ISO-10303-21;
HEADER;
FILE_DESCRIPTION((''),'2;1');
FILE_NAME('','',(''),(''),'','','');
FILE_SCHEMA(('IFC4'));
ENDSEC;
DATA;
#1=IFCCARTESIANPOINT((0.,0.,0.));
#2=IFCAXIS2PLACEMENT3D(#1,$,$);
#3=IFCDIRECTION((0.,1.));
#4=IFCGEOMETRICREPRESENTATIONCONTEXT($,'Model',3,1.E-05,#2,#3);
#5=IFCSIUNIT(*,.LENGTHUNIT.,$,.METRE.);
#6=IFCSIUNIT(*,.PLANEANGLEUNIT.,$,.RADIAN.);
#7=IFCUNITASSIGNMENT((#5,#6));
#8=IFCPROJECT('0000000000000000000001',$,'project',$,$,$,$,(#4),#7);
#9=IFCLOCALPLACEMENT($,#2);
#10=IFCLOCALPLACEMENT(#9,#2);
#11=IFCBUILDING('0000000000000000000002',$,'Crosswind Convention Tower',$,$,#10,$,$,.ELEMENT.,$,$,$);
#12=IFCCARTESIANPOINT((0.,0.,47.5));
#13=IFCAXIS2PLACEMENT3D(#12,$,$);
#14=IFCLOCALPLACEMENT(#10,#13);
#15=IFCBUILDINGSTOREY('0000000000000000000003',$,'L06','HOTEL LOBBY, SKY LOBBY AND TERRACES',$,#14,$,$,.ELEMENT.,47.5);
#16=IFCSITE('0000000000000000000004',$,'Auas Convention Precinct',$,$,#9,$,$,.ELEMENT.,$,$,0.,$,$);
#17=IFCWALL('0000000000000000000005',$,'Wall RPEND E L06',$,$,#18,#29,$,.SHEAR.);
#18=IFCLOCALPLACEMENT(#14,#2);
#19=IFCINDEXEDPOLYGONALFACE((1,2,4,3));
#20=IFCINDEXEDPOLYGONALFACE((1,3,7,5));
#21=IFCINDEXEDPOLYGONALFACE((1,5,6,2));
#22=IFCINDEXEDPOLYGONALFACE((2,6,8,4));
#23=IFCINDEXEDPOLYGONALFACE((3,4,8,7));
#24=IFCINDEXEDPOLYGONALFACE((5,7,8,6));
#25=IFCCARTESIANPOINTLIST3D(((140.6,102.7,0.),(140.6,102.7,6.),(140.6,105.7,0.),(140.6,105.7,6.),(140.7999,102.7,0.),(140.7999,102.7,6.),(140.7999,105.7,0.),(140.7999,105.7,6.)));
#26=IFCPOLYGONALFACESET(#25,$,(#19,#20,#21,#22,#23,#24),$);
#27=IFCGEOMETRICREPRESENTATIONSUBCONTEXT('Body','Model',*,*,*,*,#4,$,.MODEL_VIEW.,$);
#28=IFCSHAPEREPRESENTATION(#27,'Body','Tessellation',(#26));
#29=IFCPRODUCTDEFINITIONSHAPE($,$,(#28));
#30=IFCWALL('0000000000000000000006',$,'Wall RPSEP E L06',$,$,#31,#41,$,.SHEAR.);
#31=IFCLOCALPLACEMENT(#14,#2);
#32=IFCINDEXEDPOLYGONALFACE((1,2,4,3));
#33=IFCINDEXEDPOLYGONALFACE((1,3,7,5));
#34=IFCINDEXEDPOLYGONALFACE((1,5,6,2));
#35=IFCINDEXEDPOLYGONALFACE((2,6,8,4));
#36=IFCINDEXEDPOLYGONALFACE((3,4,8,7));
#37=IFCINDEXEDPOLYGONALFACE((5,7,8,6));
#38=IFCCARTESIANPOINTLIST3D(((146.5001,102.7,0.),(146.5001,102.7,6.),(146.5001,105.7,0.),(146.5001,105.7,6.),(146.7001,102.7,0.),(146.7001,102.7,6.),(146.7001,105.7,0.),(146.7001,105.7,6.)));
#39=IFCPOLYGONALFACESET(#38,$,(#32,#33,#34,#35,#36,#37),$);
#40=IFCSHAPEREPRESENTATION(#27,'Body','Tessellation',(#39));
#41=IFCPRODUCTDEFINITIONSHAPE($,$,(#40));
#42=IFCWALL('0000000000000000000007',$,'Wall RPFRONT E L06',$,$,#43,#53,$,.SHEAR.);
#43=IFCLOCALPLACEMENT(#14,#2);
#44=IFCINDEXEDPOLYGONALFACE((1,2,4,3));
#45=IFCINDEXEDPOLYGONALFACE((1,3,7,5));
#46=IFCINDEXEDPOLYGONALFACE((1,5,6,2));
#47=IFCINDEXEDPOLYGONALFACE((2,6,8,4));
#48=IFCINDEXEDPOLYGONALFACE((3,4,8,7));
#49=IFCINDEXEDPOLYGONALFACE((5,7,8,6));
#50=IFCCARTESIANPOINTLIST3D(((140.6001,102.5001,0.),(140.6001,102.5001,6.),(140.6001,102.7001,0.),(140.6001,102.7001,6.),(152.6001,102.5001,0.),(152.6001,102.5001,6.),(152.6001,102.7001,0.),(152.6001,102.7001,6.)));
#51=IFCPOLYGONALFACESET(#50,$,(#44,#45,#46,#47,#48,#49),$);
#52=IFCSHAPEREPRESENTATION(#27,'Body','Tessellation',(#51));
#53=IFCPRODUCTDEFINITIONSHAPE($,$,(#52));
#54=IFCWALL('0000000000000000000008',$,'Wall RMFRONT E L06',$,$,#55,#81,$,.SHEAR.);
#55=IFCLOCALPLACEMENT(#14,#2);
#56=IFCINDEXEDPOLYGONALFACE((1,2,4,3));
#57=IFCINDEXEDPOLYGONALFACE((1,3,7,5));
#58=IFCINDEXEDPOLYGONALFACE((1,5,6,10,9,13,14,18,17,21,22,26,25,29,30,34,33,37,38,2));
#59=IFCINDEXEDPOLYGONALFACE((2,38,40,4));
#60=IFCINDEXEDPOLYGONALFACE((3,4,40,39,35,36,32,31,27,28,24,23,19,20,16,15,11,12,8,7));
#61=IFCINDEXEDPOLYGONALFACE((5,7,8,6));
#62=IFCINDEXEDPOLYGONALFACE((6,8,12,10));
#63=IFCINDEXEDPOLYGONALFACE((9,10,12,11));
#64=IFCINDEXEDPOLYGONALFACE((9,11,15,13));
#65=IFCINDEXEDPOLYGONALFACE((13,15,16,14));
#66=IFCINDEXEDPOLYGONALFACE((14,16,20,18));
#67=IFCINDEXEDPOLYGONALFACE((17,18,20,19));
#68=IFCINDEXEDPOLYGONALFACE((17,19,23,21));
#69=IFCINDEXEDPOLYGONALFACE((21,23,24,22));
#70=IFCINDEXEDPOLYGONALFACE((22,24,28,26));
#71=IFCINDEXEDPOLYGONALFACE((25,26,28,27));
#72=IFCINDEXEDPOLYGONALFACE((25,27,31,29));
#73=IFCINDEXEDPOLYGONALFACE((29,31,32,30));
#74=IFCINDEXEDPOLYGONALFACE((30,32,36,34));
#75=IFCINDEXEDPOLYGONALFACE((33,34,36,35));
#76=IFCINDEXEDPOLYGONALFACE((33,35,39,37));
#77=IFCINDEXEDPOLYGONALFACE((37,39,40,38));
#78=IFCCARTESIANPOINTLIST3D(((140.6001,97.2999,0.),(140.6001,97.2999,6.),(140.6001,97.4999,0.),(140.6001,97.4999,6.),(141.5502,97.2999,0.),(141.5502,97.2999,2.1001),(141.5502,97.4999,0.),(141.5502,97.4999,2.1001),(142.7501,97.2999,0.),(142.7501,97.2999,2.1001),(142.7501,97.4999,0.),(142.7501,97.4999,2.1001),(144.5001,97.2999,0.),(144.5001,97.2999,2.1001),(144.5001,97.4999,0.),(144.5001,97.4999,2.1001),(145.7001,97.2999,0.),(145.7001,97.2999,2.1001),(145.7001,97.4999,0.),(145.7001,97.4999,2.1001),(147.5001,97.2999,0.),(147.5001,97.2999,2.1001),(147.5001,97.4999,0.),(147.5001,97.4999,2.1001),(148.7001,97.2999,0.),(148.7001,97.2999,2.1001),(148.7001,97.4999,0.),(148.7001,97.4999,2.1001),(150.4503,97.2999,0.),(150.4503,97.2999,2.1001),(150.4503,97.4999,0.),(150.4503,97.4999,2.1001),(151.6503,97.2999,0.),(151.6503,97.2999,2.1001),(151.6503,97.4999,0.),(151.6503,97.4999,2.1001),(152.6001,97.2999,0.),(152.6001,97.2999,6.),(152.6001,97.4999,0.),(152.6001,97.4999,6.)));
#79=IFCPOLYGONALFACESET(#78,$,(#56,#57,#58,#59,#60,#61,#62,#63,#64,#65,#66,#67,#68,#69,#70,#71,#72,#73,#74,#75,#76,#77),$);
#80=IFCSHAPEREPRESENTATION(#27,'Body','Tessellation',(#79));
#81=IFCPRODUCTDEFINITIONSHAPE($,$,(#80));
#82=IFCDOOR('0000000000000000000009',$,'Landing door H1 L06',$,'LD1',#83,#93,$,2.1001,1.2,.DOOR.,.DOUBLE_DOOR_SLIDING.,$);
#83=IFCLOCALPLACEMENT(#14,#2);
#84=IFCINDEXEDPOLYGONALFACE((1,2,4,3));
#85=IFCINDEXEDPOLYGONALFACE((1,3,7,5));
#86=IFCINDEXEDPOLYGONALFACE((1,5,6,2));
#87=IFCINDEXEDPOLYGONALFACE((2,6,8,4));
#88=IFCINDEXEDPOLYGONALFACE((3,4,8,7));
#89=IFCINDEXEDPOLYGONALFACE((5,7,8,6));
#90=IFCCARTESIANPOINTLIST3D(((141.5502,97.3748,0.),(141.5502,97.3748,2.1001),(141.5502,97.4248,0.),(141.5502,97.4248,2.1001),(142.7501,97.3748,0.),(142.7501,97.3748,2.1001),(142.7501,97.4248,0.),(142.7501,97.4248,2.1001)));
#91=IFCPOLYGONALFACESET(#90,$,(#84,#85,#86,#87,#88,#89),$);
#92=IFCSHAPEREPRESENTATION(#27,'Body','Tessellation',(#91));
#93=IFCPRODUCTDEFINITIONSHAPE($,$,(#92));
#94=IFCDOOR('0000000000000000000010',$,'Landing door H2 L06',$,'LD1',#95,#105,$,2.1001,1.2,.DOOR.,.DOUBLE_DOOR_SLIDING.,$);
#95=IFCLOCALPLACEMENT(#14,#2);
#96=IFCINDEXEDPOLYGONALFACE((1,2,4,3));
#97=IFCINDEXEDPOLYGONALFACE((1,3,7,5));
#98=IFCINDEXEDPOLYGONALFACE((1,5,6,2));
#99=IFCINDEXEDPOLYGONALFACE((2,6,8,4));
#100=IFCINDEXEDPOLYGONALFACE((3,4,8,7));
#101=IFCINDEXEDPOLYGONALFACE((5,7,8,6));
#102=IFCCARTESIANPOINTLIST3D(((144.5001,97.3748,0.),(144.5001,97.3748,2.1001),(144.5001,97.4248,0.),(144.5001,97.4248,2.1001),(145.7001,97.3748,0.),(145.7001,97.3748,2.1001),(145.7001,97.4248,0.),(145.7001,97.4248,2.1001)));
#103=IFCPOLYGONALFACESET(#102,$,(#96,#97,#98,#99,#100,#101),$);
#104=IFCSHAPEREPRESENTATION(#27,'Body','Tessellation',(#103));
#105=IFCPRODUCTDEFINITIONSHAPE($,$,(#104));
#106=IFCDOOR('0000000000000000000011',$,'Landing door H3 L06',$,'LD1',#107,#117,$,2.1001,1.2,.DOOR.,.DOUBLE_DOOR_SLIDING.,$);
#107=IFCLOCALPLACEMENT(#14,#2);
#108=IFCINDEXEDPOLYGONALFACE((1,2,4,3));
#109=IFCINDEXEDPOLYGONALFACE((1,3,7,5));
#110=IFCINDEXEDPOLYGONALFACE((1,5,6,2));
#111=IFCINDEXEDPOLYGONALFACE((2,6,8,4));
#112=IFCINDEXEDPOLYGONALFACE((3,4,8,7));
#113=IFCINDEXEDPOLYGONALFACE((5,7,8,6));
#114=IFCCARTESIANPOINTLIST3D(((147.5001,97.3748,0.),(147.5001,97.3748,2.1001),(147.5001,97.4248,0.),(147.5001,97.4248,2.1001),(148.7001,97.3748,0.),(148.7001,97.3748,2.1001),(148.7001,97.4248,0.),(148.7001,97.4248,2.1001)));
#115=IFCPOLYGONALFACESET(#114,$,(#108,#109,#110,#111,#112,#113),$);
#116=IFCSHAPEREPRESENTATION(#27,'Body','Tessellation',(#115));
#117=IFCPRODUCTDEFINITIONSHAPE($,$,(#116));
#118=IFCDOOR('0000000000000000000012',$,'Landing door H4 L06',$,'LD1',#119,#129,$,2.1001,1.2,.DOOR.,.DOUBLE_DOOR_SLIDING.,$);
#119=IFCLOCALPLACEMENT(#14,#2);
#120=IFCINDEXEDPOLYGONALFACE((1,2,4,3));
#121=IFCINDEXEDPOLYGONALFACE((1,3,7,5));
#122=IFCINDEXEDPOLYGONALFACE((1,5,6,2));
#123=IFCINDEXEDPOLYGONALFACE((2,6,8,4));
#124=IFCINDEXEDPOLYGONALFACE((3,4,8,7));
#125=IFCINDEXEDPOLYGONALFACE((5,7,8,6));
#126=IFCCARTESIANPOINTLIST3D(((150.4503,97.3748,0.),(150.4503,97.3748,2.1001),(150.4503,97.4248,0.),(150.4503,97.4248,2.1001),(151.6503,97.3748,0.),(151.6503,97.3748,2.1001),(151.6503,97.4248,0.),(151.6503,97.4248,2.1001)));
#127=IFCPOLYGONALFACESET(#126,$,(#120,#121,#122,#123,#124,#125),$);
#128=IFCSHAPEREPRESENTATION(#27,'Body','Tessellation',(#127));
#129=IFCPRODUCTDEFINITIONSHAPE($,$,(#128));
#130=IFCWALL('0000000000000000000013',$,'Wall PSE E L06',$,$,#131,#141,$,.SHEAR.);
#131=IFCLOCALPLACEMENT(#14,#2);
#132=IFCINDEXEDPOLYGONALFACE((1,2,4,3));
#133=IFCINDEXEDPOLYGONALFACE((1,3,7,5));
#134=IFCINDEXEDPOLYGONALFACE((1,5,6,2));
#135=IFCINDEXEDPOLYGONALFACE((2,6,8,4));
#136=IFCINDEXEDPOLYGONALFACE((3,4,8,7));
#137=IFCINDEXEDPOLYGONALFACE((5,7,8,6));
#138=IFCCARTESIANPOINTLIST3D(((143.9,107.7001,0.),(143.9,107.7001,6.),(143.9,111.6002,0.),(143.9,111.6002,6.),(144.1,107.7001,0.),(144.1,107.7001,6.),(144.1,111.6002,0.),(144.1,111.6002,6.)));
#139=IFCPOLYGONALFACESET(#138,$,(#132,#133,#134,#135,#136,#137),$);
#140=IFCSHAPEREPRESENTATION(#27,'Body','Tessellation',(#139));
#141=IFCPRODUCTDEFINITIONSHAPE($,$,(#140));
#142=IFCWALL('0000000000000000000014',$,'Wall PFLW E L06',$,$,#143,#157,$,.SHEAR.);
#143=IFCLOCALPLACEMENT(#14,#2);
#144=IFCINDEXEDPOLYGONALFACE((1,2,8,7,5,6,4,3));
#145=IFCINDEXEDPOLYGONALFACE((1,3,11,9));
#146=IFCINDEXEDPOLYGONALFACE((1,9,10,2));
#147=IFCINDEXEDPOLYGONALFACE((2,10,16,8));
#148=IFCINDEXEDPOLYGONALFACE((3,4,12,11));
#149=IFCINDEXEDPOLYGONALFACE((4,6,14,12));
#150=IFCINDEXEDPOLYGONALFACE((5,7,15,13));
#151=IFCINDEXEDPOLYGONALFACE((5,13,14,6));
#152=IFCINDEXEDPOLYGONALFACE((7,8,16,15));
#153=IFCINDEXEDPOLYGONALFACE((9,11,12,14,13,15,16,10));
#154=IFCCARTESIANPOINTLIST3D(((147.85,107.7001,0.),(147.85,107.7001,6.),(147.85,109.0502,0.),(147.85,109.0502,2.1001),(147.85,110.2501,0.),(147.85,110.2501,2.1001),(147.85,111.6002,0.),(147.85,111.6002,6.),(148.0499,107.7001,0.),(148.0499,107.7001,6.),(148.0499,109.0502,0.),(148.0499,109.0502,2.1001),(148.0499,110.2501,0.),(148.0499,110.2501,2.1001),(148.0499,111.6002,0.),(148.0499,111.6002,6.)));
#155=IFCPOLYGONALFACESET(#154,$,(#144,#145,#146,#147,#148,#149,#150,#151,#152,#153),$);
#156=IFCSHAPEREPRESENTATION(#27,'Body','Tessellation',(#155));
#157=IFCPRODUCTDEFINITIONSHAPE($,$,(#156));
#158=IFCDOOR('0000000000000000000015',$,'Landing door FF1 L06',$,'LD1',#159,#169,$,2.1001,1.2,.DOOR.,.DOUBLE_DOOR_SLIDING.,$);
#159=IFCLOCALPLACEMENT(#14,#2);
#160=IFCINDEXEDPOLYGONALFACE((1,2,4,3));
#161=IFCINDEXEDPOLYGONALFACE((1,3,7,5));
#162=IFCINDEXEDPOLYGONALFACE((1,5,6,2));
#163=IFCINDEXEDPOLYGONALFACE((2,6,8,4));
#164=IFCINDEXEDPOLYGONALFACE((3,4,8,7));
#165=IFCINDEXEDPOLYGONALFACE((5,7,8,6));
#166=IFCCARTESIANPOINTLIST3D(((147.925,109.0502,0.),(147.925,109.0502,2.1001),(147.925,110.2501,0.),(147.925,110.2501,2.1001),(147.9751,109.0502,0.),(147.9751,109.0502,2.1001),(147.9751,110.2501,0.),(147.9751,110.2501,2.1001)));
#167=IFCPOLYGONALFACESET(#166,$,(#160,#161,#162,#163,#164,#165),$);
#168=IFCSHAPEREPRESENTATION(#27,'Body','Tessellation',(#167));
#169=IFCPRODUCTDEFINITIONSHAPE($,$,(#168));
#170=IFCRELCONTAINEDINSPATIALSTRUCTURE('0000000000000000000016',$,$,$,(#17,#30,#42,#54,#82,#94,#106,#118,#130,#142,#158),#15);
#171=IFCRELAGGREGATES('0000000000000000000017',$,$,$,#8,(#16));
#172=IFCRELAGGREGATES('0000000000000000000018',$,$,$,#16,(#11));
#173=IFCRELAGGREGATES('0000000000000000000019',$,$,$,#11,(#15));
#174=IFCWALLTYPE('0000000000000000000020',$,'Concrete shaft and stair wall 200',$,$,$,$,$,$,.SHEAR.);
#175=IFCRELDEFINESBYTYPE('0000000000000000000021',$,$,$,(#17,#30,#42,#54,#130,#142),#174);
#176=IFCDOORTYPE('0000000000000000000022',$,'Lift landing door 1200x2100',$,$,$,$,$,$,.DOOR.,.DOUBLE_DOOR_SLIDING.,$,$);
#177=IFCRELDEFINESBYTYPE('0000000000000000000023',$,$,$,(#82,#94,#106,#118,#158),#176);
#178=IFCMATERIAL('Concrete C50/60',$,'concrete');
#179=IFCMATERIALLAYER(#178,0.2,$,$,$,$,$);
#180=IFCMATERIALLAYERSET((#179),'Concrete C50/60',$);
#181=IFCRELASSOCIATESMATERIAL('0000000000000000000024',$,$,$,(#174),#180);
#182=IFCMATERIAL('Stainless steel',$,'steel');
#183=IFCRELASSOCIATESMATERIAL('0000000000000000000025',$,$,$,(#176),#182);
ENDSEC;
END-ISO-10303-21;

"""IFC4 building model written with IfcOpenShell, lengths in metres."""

from ifc_helpers import new_model, si_unit, direction, frame, frame_2d, origin, place, context, subcontext, project, spatial, rectangle, extrude, material, layer, layer_set, type_object, element, fill, save


model = new_model("IFC4")

# Units and contexts
model_context = context("Model", 3, precision=1e-05, world=origin(), true_north=direction((0.0, 1.0)))
body_context = subcontext(model_context, "Body", "Model", "MODEL_VIEW")
ifc_project = project(units=[si_unit("LENGTHUNIT", "METRE"), si_unit("PLANEANGLEUNIT", "RADIAN")], contexts=[model_context])

# Site, building, storey
site_placement = place(None, origin())
site = spatial("IfcSite", under=ifc_project, at=site_placement, Name="Auas Convention Precinct", CompositionType="ELEMENT", RefElevation=0.0)
building_placement = place(site_placement, origin())
building = spatial("IfcBuilding", under=site, at=building_placement, Name="Crosswind Convention Tower", CompositionType="ELEMENT")
storey_placement = place(building_placement, frame((0.0, 0.0, 47.5)))
storey = spatial("IfcBuildingStorey", under=building, at=storey_placement, Name="L06", Description="HOTEL LOBBY, SKY LOBBY AND TERRACES", CompositionType="ELEMENT", Elevation=47.5)

# Walls
ifc_material_1 = material(Name="Concrete C50/60", Category="concrete")
ifc_layer_1 = layer(ifc_material_1, 0.2)
ifc_layer_set_1 = layer_set([ifc_layer_1], Name="Concrete C50/60")
wall_type_1 = type_object("IfcWallType", Name="Concrete shaft and stair wall 200", PredefinedType="SHEAR", material=ifc_layer_set_1)
for number, where, z_axis, x_axis, name in (
    (1, (140.7, 102.7, 0.0), (0.0, 0.0, 1.0), (0.0, 1.0, 0.0), "Wall RPEND E L06"),
    (2, (146.6001, 102.7, 0.0), (0.0, 0.0, 1.0), (0.0, 1.0, 0.0), "Wall RPSEP E L06"),
):
    element("IfcWall", number, at=place(storey_placement, frame(where, z_axis=z_axis, x_axis=x_axis)), inside=storey, type_object=wall_type_1, Name=name, PredefinedType="SHEAR", context=body_context, shape_type="SweptSolid", body=[
        extrude(rectangle(XDim=3.0, YDim=0.2, at=frame_2d((1.5, 0.0))), origin(), (0.0, 0.0, 1.0), 6.0),
    ])
wall_1_placement = place(storey_placement, frame((140.6001, 102.6001, 0.0), z_axis=(0.0, 0.0, 1.0), x_axis=(1.0, 0.0, 0.0)))
element("IfcWall", 3, at=wall_1_placement, inside=storey, type_object=wall_type_1, Name="Wall RPFRONT E L06", PredefinedType="SHEAR", context=body_context, shape_type="SweptSolid", body=[
    extrude(rectangle(XDim=12.0, YDim=0.2, at=frame_2d((6.0, 0.0))), origin(), (0.0, 0.0, 1.0), 6.0),
])

# Wall, openings, doors
wall_2_placement = place(storey_placement, frame((140.6001, 97.3999, 0.0), z_axis=(0.0, 0.0, 1.0), x_axis=(1.0, 0.0, 0.0)))
wall_2 = element("IfcWall", 4, at=wall_2_placement, inside=storey, type_object=wall_type_1, Name="Wall RMFRONT E L06", PredefinedType="SHEAR", context=body_context, shape_type="SweptSolid", body=[
    extrude(rectangle(XDim=12.0, YDim=0.2, at=frame_2d((6.0, 0.0))), origin(), (0.0, 0.0, 1.0), 6.0),
])
opening_1_placement = place(wall_2_placement, frame((0.95, 0.0, 0.0)))
opening_1 = element("IfcOpeningElement", 5, at=opening_1_placement, cuts=wall_2, PredefinedType="OPENING", context=body_context, shape_type="SweptSolid", body=[
    extrude(rectangle(XDim=1.2, YDim=2.1001, at=frame_2d((0.6001, 1.05))), frame((0.0, 0.1099, 0.0), z_axis=(0.0, -1.0, 0.0), x_axis=(1.0, 0.0, 0.0)), (0.0, 0.0, 1.0), 0.22),
])
opening_2_placement = place(wall_2_placement, frame((3.8999, 0.0, 0.0)))
opening_2 = element("IfcOpeningElement", 6, at=opening_2_placement, cuts=wall_2, PredefinedType="OPENING", context=body_context, shape_type="SweptSolid", body=[
    extrude(rectangle(XDim=1.2, YDim=2.1001, at=frame_2d((0.6001, 1.05))), frame((0.0, 0.1099, 0.0), z_axis=(0.0, -1.0, 0.0), x_axis=(1.0, 0.0, 0.0)), (0.0, 0.0, 1.0), 0.22),
])
opening_3_placement = place(wall_2_placement, frame((6.8999, 0.0, 0.0)))
opening_3 = element("IfcOpeningElement", 7, at=opening_3_placement, cuts=wall_2, PredefinedType="OPENING", context=body_context, shape_type="SweptSolid", body=[
    extrude(rectangle(XDim=1.2, YDim=2.1001, at=frame_2d((0.6001, 1.05))), frame((0.0, 0.1099, 0.0), z_axis=(0.0, -1.0, 0.0), x_axis=(1.0, 0.0, 0.0)), (0.0, 0.0, 1.0), 0.22),
])
opening_4_placement = place(wall_2_placement, frame((9.8501, 0.0, 0.0)))
opening_4 = element("IfcOpeningElement", 8, at=opening_4_placement, cuts=wall_2, PredefinedType="OPENING", context=body_context, shape_type="SweptSolid", body=[
    extrude(rectangle(XDim=1.2, YDim=2.1001, at=frame_2d((0.6001, 1.05))), frame((0.0, 0.1099, 0.0), z_axis=(0.0, -1.0, 0.0), x_axis=(1.0, 0.0, 0.0)), (0.0, 0.0, 1.0), 0.22),
])
ifc_material_2 = material(Name="Stainless steel", Category="steel")
door_type_1 = type_object("IfcDoorType", Name="Lift landing door 1200x2100", OperationType="DOUBLE_DOOR_SLIDING", PredefinedType="DOOR", material=ifc_material_2)
door_1_placement = place(opening_1_placement, origin())
door_1 = element("IfcDoor", 9, at=door_1_placement, inside=storey, type_object=door_type_1, Name="Landing door H1 L06", ObjectType="LD1", OperationType="DOUBLE_DOOR_SLIDING", OverallHeight=2.1001, OverallWidth=1.2, PredefinedType="DOOR", context=body_context, shape_type="SweptSolid", body=[
    extrude(rectangle(XDim=1.2, YDim=2.1001, at=frame_2d((0.6001, 1.05))), frame((0.0, 0.0249, 0.0), z_axis=(0.0, -1.0, 0.0), x_axis=(1.0, 0.0, 0.0)), (0.0, 0.0, 1.0), 0.05),
])
fill(opening_1, door_1)
door_2_placement = place(opening_2_placement, origin())
door_2 = element("IfcDoor", 10, at=door_2_placement, inside=storey, type_object=door_type_1, Name="Landing door H2 L06", ObjectType="LD1", OperationType="DOUBLE_DOOR_SLIDING", OverallHeight=2.1001, OverallWidth=1.2, PredefinedType="DOOR", context=body_context, shape_type="SweptSolid", body=[
    extrude(rectangle(XDim=1.2, YDim=2.1001, at=frame_2d((0.6001, 1.05))), frame((0.0, 0.0249, 0.0), z_axis=(0.0, -1.0, 0.0), x_axis=(1.0, 0.0, 0.0)), (0.0, 0.0, 1.0), 0.05),
])
fill(opening_2, door_2)
door_3_placement = place(opening_3_placement, origin())
door_3 = element("IfcDoor", 11, at=door_3_placement, inside=storey, type_object=door_type_1, Name="Landing door H3 L06", ObjectType="LD1", OperationType="DOUBLE_DOOR_SLIDING", OverallHeight=2.1001, OverallWidth=1.2, PredefinedType="DOOR", context=body_context, shape_type="SweptSolid", body=[
    extrude(rectangle(XDim=1.2, YDim=2.1001, at=frame_2d((0.6001, 1.05))), frame((0.0, 0.0249, 0.0), z_axis=(0.0, -1.0, 0.0), x_axis=(1.0, 0.0, 0.0)), (0.0, 0.0, 1.0), 0.05),
])
fill(opening_3, door_3)
door_4_placement = place(opening_4_placement, origin())
door_4 = element("IfcDoor", 12, at=door_4_placement, inside=storey, type_object=door_type_1, Name="Landing door H4 L06", ObjectType="LD1", OperationType="DOUBLE_DOOR_SLIDING", OverallHeight=2.1001, OverallWidth=1.2, PredefinedType="DOOR", context=body_context, shape_type="SweptSolid", body=[
    extrude(rectangle(XDim=1.2, YDim=2.1001, at=frame_2d((0.6001, 1.05))), frame((0.0, 0.0249, 0.0), z_axis=(0.0, -1.0, 0.0), x_axis=(1.0, 0.0, 0.0)), (0.0, 0.0, 1.0), 0.05),
])
fill(opening_4, door_4)

# Wall
wall_3_placement = place(storey_placement, frame((144.0, 107.7, 0.0), z_axis=(0.0, 0.0, 1.0), x_axis=(0.0, 1.0, 0.0)))
element("IfcWall", 13, at=wall_3_placement, inside=storey, type_object=wall_type_1, Name="Wall PSE E L06", PredefinedType="SHEAR", context=body_context, shape_type="SweptSolid", body=[
    extrude(rectangle(XDim=3.9001, YDim=0.2, at=frame_2d((1.9502, 0.0))), origin(), (0.0, 0.0, 1.0), 6.0),
])

# Wall, opening, door
wall_4_placement = place(storey_placement, frame((147.95, 107.7, 0.0), z_axis=(0.0, 0.0, 1.0), x_axis=(0.0, 1.0, 0.0)))
wall_4 = element("IfcWall", 14, at=wall_4_placement, inside=storey, type_object=wall_type_1, Name="Wall PFLW E L06", PredefinedType="SHEAR", context=body_context, shape_type="SweptSolid", body=[
    extrude(rectangle(XDim=3.9001, YDim=0.2, at=frame_2d((1.9502, 0.0))), origin(), (0.0, 0.0, 1.0), 6.0),
])
opening_5_placement = place(wall_4_placement, frame((1.3501, 0.0, 0.0)))
opening_5 = element("IfcOpeningElement", 15, at=opening_5_placement, cuts=wall_4, PredefinedType="OPENING", context=body_context, shape_type="SweptSolid", body=[
    extrude(rectangle(XDim=1.2, YDim=2.1001, at=frame_2d((0.6001, 1.05))), frame((0.0, 0.1099, 0.0), z_axis=(0.0, -1.0, 0.0), x_axis=(1.0, 0.0, 0.0)), (0.0, 0.0, 1.0), 0.22),
])
door_5_placement = place(opening_5_placement, origin())
door_5 = element("IfcDoor", 16, at=door_5_placement, inside=storey, type_object=door_type_1, Name="Landing door FF1 L06", ObjectType="LD1", OperationType="DOUBLE_DOOR_SLIDING", OverallHeight=2.1001, OverallWidth=1.2, PredefinedType="DOOR", context=body_context, shape_type="SweptSolid", body=[
    extrude(rectangle(XDim=1.2, YDim=2.1001, at=frame_2d((0.6001, 1.05))), frame((0.0, 0.0249, 0.0), z_axis=(0.0, -1.0, 0.0), x_axis=(1.0, 0.0, 0.0)), (0.0, 0.0, 1.0), 0.05),
])
fill(opening_5, door_5)

save(model, "model.ifc")
